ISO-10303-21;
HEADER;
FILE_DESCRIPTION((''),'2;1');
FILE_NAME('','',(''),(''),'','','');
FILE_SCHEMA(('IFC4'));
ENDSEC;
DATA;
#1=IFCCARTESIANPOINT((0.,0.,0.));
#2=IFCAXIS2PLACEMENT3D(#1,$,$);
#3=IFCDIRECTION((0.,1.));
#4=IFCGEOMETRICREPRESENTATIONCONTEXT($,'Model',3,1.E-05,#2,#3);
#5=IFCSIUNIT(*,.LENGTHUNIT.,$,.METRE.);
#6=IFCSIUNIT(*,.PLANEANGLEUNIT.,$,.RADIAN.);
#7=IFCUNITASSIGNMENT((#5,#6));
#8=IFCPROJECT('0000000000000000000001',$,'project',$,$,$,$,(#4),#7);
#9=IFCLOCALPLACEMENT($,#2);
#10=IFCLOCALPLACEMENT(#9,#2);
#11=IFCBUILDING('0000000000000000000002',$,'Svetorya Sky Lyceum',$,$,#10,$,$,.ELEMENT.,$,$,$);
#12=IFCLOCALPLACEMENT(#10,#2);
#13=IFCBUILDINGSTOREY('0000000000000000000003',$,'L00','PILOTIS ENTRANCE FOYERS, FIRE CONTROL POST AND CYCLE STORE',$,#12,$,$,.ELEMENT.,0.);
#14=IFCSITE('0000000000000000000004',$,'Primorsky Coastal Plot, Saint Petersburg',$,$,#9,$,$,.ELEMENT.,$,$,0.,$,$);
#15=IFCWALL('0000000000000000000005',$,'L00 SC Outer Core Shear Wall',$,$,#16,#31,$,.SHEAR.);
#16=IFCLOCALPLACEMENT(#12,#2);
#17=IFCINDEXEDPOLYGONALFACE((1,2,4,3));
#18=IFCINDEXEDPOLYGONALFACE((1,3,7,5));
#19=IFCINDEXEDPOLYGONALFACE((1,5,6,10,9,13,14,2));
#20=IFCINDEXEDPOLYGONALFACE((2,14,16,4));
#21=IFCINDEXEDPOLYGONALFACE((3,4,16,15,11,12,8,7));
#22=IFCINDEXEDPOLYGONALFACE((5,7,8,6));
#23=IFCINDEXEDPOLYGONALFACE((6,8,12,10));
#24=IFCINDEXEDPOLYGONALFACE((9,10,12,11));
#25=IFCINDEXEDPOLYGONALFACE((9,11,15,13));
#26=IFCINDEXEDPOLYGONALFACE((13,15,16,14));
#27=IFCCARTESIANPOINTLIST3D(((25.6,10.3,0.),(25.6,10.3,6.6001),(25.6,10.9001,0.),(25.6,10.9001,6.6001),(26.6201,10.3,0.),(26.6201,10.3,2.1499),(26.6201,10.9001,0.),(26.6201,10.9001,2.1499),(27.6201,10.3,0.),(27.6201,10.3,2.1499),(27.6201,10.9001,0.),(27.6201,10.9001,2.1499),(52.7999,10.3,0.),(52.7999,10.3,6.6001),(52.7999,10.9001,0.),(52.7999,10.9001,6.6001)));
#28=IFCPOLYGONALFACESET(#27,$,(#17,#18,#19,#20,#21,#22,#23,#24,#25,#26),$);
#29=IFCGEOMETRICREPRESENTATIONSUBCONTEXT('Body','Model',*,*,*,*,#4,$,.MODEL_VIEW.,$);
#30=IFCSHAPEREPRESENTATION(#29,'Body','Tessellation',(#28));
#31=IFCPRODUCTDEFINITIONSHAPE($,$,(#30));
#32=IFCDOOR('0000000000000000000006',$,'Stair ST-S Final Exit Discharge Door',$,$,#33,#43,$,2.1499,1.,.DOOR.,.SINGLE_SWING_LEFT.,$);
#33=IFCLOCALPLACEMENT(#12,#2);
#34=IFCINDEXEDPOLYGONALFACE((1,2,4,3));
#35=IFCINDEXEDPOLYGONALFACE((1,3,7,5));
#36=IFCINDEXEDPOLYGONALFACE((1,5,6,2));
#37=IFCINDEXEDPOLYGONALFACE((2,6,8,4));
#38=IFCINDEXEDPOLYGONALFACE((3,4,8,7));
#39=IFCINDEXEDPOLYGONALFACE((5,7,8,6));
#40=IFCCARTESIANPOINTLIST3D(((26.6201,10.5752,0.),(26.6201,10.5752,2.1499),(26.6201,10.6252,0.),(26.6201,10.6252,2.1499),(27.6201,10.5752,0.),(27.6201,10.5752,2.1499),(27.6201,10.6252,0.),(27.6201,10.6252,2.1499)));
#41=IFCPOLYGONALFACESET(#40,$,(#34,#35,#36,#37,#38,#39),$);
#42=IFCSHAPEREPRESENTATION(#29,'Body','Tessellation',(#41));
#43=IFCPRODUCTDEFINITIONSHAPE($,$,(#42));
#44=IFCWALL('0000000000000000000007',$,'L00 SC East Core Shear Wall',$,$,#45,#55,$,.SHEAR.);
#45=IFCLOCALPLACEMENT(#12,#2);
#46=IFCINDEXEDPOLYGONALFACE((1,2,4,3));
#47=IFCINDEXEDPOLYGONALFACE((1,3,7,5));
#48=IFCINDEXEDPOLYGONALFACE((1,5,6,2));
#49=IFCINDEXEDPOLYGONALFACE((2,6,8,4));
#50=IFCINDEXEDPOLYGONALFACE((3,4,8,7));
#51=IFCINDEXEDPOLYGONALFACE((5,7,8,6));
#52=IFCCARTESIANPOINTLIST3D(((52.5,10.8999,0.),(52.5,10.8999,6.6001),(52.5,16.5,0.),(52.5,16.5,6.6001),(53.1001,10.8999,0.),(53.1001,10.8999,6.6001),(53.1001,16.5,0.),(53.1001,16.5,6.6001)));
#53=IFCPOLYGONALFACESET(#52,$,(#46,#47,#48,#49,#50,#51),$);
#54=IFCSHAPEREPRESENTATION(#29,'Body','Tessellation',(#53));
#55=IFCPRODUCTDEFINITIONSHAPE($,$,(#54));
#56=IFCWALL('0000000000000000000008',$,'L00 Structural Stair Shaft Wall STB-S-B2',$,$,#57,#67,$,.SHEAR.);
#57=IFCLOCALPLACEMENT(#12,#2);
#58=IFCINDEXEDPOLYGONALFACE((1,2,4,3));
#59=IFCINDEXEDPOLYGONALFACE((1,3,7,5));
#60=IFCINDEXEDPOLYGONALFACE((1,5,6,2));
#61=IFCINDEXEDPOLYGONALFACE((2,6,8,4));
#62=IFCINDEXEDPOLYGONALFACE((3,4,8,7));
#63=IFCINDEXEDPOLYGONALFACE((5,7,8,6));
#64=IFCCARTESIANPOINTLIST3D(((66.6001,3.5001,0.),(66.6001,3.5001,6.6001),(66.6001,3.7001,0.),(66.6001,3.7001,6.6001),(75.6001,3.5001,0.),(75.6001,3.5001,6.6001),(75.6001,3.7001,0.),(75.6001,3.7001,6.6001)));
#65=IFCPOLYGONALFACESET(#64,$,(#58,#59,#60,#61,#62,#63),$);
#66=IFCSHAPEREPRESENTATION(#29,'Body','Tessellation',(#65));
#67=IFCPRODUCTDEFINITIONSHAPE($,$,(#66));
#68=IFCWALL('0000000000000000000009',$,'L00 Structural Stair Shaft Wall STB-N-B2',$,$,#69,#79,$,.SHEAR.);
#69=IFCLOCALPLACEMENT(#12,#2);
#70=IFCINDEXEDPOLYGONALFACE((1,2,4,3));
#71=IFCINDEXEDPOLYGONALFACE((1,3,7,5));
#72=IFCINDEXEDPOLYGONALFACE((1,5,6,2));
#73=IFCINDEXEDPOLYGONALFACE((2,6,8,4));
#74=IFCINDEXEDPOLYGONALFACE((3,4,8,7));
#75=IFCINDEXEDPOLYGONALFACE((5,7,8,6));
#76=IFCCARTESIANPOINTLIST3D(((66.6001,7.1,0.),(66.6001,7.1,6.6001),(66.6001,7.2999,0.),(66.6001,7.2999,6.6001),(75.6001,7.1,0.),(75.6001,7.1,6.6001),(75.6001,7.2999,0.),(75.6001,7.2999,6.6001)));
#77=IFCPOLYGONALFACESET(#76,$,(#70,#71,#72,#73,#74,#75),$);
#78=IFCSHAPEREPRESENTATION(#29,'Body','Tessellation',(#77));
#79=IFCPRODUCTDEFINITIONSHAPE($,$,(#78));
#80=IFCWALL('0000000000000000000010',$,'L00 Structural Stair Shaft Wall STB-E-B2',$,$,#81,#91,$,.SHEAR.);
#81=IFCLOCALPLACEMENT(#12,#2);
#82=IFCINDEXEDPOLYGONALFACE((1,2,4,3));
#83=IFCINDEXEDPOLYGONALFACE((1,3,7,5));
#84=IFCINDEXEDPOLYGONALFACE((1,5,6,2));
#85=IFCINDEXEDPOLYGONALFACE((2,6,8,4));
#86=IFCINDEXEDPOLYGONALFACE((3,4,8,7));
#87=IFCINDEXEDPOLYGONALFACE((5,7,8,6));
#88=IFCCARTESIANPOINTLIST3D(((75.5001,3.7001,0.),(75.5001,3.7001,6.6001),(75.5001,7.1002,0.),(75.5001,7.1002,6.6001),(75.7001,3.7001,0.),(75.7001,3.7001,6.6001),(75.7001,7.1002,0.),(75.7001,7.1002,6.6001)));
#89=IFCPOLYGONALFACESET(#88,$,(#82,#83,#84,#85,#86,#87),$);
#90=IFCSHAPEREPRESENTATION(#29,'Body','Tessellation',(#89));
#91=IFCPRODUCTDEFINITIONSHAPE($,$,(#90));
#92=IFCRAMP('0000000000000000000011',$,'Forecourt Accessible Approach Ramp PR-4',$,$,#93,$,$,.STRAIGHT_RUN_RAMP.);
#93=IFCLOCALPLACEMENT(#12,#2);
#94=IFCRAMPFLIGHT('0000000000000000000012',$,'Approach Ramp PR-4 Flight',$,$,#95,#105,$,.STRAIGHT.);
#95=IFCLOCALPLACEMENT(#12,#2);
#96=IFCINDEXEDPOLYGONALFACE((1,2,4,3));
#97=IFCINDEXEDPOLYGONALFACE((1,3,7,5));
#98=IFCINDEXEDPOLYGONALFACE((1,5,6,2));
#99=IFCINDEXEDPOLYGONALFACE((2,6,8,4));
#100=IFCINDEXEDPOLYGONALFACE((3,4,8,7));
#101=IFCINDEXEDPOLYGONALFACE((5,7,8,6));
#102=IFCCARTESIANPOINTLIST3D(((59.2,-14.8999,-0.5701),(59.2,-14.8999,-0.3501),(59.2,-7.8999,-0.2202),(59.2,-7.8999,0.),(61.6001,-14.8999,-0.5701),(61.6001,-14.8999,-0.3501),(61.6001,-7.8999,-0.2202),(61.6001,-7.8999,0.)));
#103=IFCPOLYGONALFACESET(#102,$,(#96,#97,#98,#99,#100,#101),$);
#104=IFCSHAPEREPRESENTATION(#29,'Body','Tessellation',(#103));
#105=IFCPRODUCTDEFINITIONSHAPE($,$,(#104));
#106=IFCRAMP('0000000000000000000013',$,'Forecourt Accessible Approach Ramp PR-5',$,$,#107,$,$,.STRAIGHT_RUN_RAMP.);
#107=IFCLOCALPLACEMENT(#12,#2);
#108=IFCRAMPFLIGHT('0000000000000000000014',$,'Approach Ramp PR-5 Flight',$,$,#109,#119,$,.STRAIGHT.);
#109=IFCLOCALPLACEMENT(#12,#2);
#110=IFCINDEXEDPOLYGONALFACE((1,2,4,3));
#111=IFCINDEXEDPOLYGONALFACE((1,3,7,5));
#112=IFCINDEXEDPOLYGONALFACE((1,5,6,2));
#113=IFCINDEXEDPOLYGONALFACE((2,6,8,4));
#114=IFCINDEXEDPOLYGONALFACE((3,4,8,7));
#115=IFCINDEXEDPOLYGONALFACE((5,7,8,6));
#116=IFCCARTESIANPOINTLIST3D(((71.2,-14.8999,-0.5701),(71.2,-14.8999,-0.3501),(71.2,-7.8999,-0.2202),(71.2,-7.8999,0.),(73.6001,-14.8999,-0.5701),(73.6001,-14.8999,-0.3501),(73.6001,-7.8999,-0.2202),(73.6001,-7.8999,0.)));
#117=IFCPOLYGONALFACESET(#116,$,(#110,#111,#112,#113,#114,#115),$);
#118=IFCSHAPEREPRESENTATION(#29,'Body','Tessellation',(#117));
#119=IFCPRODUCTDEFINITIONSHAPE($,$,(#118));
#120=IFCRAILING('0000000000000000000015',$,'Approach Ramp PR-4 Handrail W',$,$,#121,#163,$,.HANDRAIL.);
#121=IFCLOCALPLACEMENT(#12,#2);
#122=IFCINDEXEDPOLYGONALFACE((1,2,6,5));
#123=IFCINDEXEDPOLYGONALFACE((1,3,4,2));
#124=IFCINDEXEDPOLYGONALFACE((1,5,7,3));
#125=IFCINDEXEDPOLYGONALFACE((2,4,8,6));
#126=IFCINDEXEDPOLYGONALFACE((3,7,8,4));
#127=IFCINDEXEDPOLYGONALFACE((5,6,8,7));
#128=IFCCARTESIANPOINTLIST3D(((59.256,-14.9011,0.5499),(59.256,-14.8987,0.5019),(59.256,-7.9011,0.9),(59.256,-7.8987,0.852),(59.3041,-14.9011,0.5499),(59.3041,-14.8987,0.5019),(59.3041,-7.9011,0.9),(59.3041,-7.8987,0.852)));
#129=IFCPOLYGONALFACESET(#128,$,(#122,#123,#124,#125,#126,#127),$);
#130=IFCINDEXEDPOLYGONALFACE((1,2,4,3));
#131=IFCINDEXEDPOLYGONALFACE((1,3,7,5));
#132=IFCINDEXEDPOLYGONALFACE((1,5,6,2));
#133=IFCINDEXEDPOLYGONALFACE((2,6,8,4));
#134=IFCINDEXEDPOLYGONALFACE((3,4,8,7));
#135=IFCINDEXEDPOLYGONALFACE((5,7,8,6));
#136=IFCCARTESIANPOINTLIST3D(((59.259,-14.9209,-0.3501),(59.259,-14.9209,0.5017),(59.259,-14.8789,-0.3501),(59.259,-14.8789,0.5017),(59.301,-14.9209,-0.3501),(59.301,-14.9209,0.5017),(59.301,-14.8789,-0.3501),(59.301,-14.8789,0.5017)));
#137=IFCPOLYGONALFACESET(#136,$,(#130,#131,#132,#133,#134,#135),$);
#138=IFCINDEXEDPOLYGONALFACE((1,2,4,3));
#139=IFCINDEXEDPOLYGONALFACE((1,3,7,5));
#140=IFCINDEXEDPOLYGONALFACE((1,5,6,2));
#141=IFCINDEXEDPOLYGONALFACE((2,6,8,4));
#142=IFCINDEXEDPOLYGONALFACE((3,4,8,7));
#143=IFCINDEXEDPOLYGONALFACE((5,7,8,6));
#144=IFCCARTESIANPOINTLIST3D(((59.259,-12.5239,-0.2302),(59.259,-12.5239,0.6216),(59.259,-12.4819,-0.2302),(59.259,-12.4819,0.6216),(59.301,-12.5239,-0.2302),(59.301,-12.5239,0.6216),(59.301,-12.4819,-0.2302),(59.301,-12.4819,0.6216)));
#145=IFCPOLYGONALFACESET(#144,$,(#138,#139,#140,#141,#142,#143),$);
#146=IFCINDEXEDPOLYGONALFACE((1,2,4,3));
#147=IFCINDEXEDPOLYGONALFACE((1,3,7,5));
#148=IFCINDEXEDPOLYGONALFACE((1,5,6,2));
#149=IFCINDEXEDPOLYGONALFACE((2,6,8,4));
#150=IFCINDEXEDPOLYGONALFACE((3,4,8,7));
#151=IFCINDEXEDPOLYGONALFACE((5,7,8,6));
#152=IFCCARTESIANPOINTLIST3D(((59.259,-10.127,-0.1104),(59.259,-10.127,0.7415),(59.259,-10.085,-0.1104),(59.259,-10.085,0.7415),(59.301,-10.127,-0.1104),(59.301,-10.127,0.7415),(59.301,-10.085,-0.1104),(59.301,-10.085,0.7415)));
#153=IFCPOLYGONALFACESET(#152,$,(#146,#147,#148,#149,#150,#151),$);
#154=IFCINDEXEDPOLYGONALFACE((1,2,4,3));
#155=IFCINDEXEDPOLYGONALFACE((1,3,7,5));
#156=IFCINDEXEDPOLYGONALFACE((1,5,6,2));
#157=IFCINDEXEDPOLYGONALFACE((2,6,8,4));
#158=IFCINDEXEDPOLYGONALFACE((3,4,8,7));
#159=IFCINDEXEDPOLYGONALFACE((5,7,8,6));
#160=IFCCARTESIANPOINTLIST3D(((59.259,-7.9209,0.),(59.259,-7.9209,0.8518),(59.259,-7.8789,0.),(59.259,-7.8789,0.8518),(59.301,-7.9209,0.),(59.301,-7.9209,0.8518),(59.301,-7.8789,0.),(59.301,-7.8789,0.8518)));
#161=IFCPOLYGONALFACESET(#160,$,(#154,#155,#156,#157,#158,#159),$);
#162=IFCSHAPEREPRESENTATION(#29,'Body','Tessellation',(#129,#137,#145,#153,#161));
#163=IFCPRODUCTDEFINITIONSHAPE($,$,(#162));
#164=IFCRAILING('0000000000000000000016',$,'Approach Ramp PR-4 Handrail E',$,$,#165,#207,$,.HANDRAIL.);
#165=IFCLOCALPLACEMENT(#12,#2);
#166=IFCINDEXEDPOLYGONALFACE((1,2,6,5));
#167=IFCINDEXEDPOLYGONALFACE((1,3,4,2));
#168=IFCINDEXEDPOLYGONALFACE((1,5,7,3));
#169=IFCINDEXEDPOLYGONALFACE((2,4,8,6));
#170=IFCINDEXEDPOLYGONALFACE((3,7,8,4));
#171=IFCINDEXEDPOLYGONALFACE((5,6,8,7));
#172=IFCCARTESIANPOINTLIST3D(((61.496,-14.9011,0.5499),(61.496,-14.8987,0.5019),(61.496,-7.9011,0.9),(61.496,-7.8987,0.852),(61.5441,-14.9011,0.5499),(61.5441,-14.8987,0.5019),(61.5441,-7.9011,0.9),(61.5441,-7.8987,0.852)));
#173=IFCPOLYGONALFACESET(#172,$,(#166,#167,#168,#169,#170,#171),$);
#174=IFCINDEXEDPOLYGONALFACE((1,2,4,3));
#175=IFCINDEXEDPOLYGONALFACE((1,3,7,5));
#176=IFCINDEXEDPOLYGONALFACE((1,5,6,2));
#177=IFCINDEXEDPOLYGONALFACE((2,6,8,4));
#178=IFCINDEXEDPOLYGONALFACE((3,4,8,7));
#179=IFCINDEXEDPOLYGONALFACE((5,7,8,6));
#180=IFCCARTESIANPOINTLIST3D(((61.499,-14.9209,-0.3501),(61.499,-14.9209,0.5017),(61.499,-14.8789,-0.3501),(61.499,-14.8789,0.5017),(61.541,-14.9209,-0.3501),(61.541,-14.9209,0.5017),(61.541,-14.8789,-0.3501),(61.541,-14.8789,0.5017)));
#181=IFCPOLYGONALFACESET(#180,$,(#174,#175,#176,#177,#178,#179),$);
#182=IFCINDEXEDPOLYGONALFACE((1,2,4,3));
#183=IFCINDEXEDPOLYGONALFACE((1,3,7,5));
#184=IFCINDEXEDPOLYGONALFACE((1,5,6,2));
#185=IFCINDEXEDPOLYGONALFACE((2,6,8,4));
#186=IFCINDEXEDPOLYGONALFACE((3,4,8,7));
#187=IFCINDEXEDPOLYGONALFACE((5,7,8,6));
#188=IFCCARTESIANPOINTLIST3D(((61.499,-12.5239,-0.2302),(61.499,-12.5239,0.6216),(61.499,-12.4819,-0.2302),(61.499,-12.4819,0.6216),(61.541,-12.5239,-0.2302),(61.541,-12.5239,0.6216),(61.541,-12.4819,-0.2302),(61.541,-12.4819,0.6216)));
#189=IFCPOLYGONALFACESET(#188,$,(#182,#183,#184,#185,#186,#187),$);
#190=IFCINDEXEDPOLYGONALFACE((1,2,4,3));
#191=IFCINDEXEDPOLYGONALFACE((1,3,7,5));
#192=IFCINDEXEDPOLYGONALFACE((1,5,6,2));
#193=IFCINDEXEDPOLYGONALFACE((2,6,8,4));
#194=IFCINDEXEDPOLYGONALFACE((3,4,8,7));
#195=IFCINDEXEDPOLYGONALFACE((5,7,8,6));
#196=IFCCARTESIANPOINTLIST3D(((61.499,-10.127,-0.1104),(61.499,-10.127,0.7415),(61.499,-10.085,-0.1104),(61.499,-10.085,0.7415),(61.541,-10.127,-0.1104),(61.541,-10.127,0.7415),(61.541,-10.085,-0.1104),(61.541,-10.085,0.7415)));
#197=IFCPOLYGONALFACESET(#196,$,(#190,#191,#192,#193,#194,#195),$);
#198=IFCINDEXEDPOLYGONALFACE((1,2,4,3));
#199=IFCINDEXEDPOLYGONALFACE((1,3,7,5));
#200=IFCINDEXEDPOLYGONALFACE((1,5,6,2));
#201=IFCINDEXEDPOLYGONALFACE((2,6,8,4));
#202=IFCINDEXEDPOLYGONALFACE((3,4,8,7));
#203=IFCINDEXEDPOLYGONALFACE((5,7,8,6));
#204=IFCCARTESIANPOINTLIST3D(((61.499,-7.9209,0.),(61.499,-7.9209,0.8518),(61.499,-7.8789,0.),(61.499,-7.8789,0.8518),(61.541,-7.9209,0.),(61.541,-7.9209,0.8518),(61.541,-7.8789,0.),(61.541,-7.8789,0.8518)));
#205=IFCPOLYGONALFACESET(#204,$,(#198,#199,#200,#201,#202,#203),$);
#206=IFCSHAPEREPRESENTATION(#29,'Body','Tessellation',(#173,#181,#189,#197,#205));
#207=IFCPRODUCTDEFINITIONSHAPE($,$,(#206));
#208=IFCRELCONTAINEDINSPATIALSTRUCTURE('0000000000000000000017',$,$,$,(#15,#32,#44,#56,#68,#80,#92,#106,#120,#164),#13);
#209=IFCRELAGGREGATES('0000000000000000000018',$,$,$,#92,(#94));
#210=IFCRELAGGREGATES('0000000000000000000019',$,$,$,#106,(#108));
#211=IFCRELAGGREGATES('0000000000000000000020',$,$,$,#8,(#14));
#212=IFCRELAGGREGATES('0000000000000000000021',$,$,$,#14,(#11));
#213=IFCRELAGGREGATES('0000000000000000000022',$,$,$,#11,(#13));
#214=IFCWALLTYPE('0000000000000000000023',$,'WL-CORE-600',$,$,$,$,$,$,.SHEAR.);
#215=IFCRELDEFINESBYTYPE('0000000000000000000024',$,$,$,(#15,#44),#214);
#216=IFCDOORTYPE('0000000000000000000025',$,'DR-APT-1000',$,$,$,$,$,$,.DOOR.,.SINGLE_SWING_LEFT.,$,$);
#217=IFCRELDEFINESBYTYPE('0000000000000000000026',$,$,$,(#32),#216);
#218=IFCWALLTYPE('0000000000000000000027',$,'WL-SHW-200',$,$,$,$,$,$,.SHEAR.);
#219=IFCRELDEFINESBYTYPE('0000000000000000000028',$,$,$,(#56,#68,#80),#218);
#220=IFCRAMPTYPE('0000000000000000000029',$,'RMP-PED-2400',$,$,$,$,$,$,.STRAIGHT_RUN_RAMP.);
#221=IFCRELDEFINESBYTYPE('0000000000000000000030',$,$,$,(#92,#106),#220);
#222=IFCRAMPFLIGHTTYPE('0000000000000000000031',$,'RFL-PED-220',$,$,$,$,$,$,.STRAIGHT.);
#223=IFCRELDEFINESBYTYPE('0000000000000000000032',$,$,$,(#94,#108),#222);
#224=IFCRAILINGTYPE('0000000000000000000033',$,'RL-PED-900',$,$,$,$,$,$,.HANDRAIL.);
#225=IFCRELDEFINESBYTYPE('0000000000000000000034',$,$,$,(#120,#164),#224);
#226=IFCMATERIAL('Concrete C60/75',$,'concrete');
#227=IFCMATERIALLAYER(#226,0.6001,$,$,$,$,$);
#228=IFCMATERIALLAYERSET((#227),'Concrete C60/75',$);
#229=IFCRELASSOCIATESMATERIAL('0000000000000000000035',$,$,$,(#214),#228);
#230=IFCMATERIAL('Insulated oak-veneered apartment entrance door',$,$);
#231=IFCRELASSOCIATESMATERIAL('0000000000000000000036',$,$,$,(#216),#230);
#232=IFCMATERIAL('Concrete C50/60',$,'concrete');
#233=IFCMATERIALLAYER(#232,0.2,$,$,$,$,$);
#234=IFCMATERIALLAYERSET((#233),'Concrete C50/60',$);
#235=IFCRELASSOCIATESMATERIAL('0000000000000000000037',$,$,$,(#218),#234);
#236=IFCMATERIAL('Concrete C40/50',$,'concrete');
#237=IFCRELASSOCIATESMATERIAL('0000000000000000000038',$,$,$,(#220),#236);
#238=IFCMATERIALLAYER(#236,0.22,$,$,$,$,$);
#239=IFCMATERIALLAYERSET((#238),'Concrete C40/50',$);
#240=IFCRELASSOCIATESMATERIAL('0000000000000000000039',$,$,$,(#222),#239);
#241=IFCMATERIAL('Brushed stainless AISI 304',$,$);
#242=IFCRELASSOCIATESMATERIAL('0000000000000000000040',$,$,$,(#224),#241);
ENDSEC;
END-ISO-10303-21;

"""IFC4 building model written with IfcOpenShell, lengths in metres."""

from ifc_helpers import new_model, si_unit, direction, frame, frame_2d, origin, origin_2d, place, context, subcontext, project, spatial, polyline, rectangle, outline, extrude, material, layer, layer_set, type_object, element, fill, aggregate, save


model = new_model("IFC4")

# Units and contexts
model_context = context("Model", 3, precision=1e-05, world=origin(), true_north=direction((0.0, 1.0)))
body_context = subcontext(model_context, "Body", "Model", "MODEL_VIEW")
ifc_project = project(units=[si_unit("LENGTHUNIT", "METRE"), si_unit("PLANEANGLEUNIT", "RADIAN")], contexts=[model_context])

# Site, building, storey
site_placement = place(None, origin())
site = spatial("IfcSite", under=ifc_project, at=site_placement, Name="Primorsky Coastal Plot, Saint Petersburg", CompositionType="ELEMENT", RefElevation=0.0)
building_placement = place(site_placement, origin())
building = spatial("IfcBuilding", under=site, at=building_placement, Name="Svetorya Sky Lyceum", CompositionType="ELEMENT")
storey_placement = place(building_placement, origin())
storey = spatial("IfcBuildingStorey", under=building, at=storey_placement, Name="L00", Description="PILOTIS ENTRANCE FOYERS, FIRE CONTROL POST AND CYCLE STORE", CompositionType="ELEMENT", Elevation=0.0)

# Shared definitions
ifc_material_1 = material(Name="Concrete C60/75", Category="concrete")

# Shared definitions
ifc_material_2 = material(Name="Concrete C50/60", Category="concrete")

# Wall, opening, door
ifc_layer_1 = layer(ifc_material_1, 0.6001)
ifc_layer_set_1 = layer_set([ifc_layer_1], Name="Concrete C60/75")
wall_type_1 = type_object("IfcWallType", Name="WL-CORE-600", PredefinedType="SHEAR", material=ifc_layer_set_1)
wall_1_placement = place(storey_placement, frame((52.8, 10.6001, 0.0), z_axis=(0.0, 0.0, 1.0), x_axis=(-1.0, 0.0, 0.0)))
wall_1 = element("IfcWall", 1, at=wall_1_placement, inside=storey, type_object=wall_type_1, Name="L00 SC Outer Core Shear Wall", PredefinedType="SHEAR", context=body_context, shape_type="SweptSolid", body=[
    extrude(rectangle(XDim=27.2, YDim=0.6001, at=frame_2d((13.6001, 0.0))), origin(), (0.0, 0.0, 1.0), 6.6001),
])
opening_1_placement = place(wall_1_placement, frame((25.1799, 0.0, 0.0)))
opening_1 = element("IfcOpeningElement", 2, at=opening_1_placement, cuts=wall_1, PredefinedType="OPENING", context=body_context, shape_type="SweptSolid", body=[
    extrude(rectangle(XDim=1.0, YDim=2.1499, at=frame_2d((0.5, 1.075))), frame((0.0, 0.3101, 0.0), z_axis=(0.0, -1.0, 0.0), x_axis=(1.0, 0.0, 0.0)), (0.0, 0.0, 1.0), 0.6201),
])
ifc_material_3 = material(Name="Insulated oak-veneered apartment entrance door")
door_type_1 = type_object("IfcDoorType", Name="DR-APT-1000", OperationType="SINGLE_SWING_LEFT", PredefinedType="DOOR", material=ifc_material_3)
door_1_placement = place(opening_1_placement, origin())
door_1 = element("IfcDoor", 3, at=door_1_placement, inside=storey, type_object=door_type_1, Name="Stair ST-S Final Exit Discharge Door", OperationType="SINGLE_SWING_LEFT", OverallHeight=2.1499, OverallWidth=1.0, PredefinedType="DOOR", context=body_context, shape_type="SweptSolid", body=[
    extrude(rectangle(XDim=1.0, YDim=2.1499, at=frame_2d((0.5, 1.075))), frame((0.0, 0.0249, 0.0), z_axis=(0.0, -1.0, 0.0), x_axis=(1.0, 0.0, 0.0)), (0.0, 0.0, 1.0), 0.05),
])
fill(opening_1, door_1)

# Walls
wall_2_placement = place(storey_placement, frame((52.8, 10.8999, 0.0), z_axis=(0.0, 0.0, 1.0), x_axis=(0.0, 1.0, 0.0)))
element("IfcWall", 4, at=wall_2_placement, inside=storey, type_object=wall_type_1, Name="L00 SC East Core Shear Wall", PredefinedType="SHEAR", context=body_context, shape_type="SweptSolid", body=[
    extrude(rectangle(XDim=5.6001, YDim=0.6001, at=frame_2d((2.8, 0.0))), origin(), (0.0, 0.0, 1.0), 6.6001),
])
ifc_layer_2 = layer(ifc_material_2, 0.2)
ifc_layer_set_2 = layer_set([ifc_layer_2], Name="Concrete C50/60")
wall_type_2 = type_object("IfcWallType", Name="WL-SHW-200", PredefinedType="SHEAR", material=ifc_layer_set_2)
for number, where, z_axis, x_axis, name in (
    (5, (66.6001, 3.6001, 0.0), (0.0, 0.0, 1.0), (1.0, 0.0, 0.0), "L00 Structural Stair Shaft Wall STB-S-B2"),
    (6, (75.6001, 7.2, 0.0), (0.0, 0.0, 1.0), (-1.0, 0.0, 0.0), "L00 Structural Stair Shaft Wall STB-N-B2"),
):
    element("IfcWall", number, at=place(storey_placement, frame(where, z_axis=z_axis, x_axis=x_axis)), inside=storey, type_object=wall_type_2, Name=name, PredefinedType="SHEAR", context=body_context, shape_type="SweptSolid", body=[
        extrude(rectangle(XDim=9.0, YDim=0.2, at=frame_2d((4.5, 0.0))), origin(), (0.0, 0.0, 1.0), 6.6001),
    ])

# Wall
wall_3_placement = place(storey_placement, frame((75.6001, 3.7, 0.0), z_axis=(0.0, 0.0, 1.0), x_axis=(0.0, 1.0, 0.0)))
element("IfcWall", 7, at=wall_3_placement, inside=storey, type_object=wall_type_2, Name="L00 Structural Stair Shaft Wall STB-E-B2", PredefinedType="SHEAR", context=body_context, shape_type="SweptSolid", body=[
    extrude(rectangle(XDim=3.4001, YDim=0.2, at=frame_2d((1.7002, 0.0))), origin(), (0.0, 0.0, 1.0), 6.6001),
])

# Ramps, ramp flights
ifc_material_4 = material(Name="Concrete C40/50", Category="concrete")
ramp_type = type_object("IfcRampType", Name="RMP-PED-2400", PredefinedType="STRAIGHT_RUN_RAMP", material=ifc_material_4)
ramp_1_placement = place(storey_placement, origin())
ramp_1 = element("IfcRamp", 8, at=ramp_1_placement, inside=storey, type_object=ramp_type, Name="Forecourt Accessible Approach Ramp PR-4", PredefinedType="STRAIGHT_RUN_RAMP")
ifc_layer_3 = layer(ifc_material_4, 0.22)
ifc_layer_set_3 = layer_set([ifc_layer_3], Name="Concrete C40/50")
ramp_flight_type = type_object("IfcRampFlightType", Name="RFL-PED-220", PredefinedType="STRAIGHT", material=ifc_layer_set_3)
ramp_flight_1_placement = place(storey_placement, frame((59.2, -14.8999, -0.3501), z_axis=(1.0, 0.0, 0.0), x_axis=(0.0, 1.0, 0.0)))
ramp_flight_1 = element("IfcRampFlight", 9, at=ramp_flight_1_placement, type_object=ramp_flight_type, Name="Approach Ramp PR-4 Flight", PredefinedType="STRAIGHT", context=body_context, shape_type="SweptSolid", body=[
    extrude(outline(polyline([(0.0, -0.22), (7.0, 0.1299), (7.0, 0.3501), (0.0, 0.0), (0.0, -0.22)])), origin(), (0.0, 0.0, 1.0), 2.4001),
])
aggregate(ramp_1, [ramp_flight_1])
ramp_2_placement = place(storey_placement, origin())
ramp_2 = element("IfcRamp", 10, at=ramp_2_placement, inside=storey, type_object=ramp_type, Name="Forecourt Accessible Approach Ramp PR-5", PredefinedType="STRAIGHT_RUN_RAMP")
ramp_flight_2_placement = place(storey_placement, frame((71.2, -14.8999, -0.3501), z_axis=(1.0, 0.0, 0.0), x_axis=(0.0, 1.0, 0.0)))
ramp_flight_2 = element("IfcRampFlight", 11, at=ramp_flight_2_placement, type_object=ramp_flight_type, Name="Approach Ramp PR-5 Flight", PredefinedType="STRAIGHT", context=body_context, shape_type="SweptSolid", body=[
    extrude(outline(polyline([(0.0, -0.22), (7.0, 0.1299), (7.0, 0.3501), (0.0, 0.0), (0.0, -0.22)])), origin(), (0.0, 0.0, 1.0), 2.4001),
])
aggregate(ramp_2, [ramp_flight_2])

# Railings
ifc_material_5 = material(Name="Brushed stainless AISI 304")
railing_type_1 = type_object("IfcRailingType", Name="RL-PED-900", PredefinedType="HANDRAIL", material=ifc_material_5)
for number, where, name in (
    (12, (59.28, -14.8999, -0.3501), "Approach Ramp PR-4 Handrail W"),
    (13, (61.52, -14.8999, -0.3501), "Approach Ramp PR-4 Handrail E"),
):
    element("IfcRailing", number, at=place(storey_placement, frame(where)), inside=storey, type_object=railing_type_1, Name=name, PredefinedType="HANDRAIL", context=body_context, shape_type="SweptSolid", body=[
        extrude(rectangle(XDim=0.0481, YDim=0.0481, at=origin_2d()), frame((0.0, 0.0, 0.876), z_axis=(0.0, 0.998752, 0.049952), x_axis=(-1.0, 0.0, 0.0)), (0.0, 0.0, 1.0), 7.0088),
        extrude(rectangle(XDim=0.042, YDim=0.042, at=origin_2d()), origin(), (0.0, 0.0, 1.0), 0.8518),
        extrude(rectangle(XDim=0.042, YDim=0.042, at=origin_2d()), frame((0.0, 2.397, 0.1199)), (0.0, 0.0, 1.0), 0.8518),
        extrude(rectangle(XDim=0.042, YDim=0.042, at=origin_2d()), frame((0.0, 4.7939, 0.2397)), (0.0, 0.0, 1.0), 0.8518),
        extrude(rectangle(XDim=0.042, YDim=0.042, at=origin_2d()), frame((0.0, 7.0, 0.3501)), (0.0, 0.0, 1.0), 0.8518),
    ])

save(model, "model.ifc")
